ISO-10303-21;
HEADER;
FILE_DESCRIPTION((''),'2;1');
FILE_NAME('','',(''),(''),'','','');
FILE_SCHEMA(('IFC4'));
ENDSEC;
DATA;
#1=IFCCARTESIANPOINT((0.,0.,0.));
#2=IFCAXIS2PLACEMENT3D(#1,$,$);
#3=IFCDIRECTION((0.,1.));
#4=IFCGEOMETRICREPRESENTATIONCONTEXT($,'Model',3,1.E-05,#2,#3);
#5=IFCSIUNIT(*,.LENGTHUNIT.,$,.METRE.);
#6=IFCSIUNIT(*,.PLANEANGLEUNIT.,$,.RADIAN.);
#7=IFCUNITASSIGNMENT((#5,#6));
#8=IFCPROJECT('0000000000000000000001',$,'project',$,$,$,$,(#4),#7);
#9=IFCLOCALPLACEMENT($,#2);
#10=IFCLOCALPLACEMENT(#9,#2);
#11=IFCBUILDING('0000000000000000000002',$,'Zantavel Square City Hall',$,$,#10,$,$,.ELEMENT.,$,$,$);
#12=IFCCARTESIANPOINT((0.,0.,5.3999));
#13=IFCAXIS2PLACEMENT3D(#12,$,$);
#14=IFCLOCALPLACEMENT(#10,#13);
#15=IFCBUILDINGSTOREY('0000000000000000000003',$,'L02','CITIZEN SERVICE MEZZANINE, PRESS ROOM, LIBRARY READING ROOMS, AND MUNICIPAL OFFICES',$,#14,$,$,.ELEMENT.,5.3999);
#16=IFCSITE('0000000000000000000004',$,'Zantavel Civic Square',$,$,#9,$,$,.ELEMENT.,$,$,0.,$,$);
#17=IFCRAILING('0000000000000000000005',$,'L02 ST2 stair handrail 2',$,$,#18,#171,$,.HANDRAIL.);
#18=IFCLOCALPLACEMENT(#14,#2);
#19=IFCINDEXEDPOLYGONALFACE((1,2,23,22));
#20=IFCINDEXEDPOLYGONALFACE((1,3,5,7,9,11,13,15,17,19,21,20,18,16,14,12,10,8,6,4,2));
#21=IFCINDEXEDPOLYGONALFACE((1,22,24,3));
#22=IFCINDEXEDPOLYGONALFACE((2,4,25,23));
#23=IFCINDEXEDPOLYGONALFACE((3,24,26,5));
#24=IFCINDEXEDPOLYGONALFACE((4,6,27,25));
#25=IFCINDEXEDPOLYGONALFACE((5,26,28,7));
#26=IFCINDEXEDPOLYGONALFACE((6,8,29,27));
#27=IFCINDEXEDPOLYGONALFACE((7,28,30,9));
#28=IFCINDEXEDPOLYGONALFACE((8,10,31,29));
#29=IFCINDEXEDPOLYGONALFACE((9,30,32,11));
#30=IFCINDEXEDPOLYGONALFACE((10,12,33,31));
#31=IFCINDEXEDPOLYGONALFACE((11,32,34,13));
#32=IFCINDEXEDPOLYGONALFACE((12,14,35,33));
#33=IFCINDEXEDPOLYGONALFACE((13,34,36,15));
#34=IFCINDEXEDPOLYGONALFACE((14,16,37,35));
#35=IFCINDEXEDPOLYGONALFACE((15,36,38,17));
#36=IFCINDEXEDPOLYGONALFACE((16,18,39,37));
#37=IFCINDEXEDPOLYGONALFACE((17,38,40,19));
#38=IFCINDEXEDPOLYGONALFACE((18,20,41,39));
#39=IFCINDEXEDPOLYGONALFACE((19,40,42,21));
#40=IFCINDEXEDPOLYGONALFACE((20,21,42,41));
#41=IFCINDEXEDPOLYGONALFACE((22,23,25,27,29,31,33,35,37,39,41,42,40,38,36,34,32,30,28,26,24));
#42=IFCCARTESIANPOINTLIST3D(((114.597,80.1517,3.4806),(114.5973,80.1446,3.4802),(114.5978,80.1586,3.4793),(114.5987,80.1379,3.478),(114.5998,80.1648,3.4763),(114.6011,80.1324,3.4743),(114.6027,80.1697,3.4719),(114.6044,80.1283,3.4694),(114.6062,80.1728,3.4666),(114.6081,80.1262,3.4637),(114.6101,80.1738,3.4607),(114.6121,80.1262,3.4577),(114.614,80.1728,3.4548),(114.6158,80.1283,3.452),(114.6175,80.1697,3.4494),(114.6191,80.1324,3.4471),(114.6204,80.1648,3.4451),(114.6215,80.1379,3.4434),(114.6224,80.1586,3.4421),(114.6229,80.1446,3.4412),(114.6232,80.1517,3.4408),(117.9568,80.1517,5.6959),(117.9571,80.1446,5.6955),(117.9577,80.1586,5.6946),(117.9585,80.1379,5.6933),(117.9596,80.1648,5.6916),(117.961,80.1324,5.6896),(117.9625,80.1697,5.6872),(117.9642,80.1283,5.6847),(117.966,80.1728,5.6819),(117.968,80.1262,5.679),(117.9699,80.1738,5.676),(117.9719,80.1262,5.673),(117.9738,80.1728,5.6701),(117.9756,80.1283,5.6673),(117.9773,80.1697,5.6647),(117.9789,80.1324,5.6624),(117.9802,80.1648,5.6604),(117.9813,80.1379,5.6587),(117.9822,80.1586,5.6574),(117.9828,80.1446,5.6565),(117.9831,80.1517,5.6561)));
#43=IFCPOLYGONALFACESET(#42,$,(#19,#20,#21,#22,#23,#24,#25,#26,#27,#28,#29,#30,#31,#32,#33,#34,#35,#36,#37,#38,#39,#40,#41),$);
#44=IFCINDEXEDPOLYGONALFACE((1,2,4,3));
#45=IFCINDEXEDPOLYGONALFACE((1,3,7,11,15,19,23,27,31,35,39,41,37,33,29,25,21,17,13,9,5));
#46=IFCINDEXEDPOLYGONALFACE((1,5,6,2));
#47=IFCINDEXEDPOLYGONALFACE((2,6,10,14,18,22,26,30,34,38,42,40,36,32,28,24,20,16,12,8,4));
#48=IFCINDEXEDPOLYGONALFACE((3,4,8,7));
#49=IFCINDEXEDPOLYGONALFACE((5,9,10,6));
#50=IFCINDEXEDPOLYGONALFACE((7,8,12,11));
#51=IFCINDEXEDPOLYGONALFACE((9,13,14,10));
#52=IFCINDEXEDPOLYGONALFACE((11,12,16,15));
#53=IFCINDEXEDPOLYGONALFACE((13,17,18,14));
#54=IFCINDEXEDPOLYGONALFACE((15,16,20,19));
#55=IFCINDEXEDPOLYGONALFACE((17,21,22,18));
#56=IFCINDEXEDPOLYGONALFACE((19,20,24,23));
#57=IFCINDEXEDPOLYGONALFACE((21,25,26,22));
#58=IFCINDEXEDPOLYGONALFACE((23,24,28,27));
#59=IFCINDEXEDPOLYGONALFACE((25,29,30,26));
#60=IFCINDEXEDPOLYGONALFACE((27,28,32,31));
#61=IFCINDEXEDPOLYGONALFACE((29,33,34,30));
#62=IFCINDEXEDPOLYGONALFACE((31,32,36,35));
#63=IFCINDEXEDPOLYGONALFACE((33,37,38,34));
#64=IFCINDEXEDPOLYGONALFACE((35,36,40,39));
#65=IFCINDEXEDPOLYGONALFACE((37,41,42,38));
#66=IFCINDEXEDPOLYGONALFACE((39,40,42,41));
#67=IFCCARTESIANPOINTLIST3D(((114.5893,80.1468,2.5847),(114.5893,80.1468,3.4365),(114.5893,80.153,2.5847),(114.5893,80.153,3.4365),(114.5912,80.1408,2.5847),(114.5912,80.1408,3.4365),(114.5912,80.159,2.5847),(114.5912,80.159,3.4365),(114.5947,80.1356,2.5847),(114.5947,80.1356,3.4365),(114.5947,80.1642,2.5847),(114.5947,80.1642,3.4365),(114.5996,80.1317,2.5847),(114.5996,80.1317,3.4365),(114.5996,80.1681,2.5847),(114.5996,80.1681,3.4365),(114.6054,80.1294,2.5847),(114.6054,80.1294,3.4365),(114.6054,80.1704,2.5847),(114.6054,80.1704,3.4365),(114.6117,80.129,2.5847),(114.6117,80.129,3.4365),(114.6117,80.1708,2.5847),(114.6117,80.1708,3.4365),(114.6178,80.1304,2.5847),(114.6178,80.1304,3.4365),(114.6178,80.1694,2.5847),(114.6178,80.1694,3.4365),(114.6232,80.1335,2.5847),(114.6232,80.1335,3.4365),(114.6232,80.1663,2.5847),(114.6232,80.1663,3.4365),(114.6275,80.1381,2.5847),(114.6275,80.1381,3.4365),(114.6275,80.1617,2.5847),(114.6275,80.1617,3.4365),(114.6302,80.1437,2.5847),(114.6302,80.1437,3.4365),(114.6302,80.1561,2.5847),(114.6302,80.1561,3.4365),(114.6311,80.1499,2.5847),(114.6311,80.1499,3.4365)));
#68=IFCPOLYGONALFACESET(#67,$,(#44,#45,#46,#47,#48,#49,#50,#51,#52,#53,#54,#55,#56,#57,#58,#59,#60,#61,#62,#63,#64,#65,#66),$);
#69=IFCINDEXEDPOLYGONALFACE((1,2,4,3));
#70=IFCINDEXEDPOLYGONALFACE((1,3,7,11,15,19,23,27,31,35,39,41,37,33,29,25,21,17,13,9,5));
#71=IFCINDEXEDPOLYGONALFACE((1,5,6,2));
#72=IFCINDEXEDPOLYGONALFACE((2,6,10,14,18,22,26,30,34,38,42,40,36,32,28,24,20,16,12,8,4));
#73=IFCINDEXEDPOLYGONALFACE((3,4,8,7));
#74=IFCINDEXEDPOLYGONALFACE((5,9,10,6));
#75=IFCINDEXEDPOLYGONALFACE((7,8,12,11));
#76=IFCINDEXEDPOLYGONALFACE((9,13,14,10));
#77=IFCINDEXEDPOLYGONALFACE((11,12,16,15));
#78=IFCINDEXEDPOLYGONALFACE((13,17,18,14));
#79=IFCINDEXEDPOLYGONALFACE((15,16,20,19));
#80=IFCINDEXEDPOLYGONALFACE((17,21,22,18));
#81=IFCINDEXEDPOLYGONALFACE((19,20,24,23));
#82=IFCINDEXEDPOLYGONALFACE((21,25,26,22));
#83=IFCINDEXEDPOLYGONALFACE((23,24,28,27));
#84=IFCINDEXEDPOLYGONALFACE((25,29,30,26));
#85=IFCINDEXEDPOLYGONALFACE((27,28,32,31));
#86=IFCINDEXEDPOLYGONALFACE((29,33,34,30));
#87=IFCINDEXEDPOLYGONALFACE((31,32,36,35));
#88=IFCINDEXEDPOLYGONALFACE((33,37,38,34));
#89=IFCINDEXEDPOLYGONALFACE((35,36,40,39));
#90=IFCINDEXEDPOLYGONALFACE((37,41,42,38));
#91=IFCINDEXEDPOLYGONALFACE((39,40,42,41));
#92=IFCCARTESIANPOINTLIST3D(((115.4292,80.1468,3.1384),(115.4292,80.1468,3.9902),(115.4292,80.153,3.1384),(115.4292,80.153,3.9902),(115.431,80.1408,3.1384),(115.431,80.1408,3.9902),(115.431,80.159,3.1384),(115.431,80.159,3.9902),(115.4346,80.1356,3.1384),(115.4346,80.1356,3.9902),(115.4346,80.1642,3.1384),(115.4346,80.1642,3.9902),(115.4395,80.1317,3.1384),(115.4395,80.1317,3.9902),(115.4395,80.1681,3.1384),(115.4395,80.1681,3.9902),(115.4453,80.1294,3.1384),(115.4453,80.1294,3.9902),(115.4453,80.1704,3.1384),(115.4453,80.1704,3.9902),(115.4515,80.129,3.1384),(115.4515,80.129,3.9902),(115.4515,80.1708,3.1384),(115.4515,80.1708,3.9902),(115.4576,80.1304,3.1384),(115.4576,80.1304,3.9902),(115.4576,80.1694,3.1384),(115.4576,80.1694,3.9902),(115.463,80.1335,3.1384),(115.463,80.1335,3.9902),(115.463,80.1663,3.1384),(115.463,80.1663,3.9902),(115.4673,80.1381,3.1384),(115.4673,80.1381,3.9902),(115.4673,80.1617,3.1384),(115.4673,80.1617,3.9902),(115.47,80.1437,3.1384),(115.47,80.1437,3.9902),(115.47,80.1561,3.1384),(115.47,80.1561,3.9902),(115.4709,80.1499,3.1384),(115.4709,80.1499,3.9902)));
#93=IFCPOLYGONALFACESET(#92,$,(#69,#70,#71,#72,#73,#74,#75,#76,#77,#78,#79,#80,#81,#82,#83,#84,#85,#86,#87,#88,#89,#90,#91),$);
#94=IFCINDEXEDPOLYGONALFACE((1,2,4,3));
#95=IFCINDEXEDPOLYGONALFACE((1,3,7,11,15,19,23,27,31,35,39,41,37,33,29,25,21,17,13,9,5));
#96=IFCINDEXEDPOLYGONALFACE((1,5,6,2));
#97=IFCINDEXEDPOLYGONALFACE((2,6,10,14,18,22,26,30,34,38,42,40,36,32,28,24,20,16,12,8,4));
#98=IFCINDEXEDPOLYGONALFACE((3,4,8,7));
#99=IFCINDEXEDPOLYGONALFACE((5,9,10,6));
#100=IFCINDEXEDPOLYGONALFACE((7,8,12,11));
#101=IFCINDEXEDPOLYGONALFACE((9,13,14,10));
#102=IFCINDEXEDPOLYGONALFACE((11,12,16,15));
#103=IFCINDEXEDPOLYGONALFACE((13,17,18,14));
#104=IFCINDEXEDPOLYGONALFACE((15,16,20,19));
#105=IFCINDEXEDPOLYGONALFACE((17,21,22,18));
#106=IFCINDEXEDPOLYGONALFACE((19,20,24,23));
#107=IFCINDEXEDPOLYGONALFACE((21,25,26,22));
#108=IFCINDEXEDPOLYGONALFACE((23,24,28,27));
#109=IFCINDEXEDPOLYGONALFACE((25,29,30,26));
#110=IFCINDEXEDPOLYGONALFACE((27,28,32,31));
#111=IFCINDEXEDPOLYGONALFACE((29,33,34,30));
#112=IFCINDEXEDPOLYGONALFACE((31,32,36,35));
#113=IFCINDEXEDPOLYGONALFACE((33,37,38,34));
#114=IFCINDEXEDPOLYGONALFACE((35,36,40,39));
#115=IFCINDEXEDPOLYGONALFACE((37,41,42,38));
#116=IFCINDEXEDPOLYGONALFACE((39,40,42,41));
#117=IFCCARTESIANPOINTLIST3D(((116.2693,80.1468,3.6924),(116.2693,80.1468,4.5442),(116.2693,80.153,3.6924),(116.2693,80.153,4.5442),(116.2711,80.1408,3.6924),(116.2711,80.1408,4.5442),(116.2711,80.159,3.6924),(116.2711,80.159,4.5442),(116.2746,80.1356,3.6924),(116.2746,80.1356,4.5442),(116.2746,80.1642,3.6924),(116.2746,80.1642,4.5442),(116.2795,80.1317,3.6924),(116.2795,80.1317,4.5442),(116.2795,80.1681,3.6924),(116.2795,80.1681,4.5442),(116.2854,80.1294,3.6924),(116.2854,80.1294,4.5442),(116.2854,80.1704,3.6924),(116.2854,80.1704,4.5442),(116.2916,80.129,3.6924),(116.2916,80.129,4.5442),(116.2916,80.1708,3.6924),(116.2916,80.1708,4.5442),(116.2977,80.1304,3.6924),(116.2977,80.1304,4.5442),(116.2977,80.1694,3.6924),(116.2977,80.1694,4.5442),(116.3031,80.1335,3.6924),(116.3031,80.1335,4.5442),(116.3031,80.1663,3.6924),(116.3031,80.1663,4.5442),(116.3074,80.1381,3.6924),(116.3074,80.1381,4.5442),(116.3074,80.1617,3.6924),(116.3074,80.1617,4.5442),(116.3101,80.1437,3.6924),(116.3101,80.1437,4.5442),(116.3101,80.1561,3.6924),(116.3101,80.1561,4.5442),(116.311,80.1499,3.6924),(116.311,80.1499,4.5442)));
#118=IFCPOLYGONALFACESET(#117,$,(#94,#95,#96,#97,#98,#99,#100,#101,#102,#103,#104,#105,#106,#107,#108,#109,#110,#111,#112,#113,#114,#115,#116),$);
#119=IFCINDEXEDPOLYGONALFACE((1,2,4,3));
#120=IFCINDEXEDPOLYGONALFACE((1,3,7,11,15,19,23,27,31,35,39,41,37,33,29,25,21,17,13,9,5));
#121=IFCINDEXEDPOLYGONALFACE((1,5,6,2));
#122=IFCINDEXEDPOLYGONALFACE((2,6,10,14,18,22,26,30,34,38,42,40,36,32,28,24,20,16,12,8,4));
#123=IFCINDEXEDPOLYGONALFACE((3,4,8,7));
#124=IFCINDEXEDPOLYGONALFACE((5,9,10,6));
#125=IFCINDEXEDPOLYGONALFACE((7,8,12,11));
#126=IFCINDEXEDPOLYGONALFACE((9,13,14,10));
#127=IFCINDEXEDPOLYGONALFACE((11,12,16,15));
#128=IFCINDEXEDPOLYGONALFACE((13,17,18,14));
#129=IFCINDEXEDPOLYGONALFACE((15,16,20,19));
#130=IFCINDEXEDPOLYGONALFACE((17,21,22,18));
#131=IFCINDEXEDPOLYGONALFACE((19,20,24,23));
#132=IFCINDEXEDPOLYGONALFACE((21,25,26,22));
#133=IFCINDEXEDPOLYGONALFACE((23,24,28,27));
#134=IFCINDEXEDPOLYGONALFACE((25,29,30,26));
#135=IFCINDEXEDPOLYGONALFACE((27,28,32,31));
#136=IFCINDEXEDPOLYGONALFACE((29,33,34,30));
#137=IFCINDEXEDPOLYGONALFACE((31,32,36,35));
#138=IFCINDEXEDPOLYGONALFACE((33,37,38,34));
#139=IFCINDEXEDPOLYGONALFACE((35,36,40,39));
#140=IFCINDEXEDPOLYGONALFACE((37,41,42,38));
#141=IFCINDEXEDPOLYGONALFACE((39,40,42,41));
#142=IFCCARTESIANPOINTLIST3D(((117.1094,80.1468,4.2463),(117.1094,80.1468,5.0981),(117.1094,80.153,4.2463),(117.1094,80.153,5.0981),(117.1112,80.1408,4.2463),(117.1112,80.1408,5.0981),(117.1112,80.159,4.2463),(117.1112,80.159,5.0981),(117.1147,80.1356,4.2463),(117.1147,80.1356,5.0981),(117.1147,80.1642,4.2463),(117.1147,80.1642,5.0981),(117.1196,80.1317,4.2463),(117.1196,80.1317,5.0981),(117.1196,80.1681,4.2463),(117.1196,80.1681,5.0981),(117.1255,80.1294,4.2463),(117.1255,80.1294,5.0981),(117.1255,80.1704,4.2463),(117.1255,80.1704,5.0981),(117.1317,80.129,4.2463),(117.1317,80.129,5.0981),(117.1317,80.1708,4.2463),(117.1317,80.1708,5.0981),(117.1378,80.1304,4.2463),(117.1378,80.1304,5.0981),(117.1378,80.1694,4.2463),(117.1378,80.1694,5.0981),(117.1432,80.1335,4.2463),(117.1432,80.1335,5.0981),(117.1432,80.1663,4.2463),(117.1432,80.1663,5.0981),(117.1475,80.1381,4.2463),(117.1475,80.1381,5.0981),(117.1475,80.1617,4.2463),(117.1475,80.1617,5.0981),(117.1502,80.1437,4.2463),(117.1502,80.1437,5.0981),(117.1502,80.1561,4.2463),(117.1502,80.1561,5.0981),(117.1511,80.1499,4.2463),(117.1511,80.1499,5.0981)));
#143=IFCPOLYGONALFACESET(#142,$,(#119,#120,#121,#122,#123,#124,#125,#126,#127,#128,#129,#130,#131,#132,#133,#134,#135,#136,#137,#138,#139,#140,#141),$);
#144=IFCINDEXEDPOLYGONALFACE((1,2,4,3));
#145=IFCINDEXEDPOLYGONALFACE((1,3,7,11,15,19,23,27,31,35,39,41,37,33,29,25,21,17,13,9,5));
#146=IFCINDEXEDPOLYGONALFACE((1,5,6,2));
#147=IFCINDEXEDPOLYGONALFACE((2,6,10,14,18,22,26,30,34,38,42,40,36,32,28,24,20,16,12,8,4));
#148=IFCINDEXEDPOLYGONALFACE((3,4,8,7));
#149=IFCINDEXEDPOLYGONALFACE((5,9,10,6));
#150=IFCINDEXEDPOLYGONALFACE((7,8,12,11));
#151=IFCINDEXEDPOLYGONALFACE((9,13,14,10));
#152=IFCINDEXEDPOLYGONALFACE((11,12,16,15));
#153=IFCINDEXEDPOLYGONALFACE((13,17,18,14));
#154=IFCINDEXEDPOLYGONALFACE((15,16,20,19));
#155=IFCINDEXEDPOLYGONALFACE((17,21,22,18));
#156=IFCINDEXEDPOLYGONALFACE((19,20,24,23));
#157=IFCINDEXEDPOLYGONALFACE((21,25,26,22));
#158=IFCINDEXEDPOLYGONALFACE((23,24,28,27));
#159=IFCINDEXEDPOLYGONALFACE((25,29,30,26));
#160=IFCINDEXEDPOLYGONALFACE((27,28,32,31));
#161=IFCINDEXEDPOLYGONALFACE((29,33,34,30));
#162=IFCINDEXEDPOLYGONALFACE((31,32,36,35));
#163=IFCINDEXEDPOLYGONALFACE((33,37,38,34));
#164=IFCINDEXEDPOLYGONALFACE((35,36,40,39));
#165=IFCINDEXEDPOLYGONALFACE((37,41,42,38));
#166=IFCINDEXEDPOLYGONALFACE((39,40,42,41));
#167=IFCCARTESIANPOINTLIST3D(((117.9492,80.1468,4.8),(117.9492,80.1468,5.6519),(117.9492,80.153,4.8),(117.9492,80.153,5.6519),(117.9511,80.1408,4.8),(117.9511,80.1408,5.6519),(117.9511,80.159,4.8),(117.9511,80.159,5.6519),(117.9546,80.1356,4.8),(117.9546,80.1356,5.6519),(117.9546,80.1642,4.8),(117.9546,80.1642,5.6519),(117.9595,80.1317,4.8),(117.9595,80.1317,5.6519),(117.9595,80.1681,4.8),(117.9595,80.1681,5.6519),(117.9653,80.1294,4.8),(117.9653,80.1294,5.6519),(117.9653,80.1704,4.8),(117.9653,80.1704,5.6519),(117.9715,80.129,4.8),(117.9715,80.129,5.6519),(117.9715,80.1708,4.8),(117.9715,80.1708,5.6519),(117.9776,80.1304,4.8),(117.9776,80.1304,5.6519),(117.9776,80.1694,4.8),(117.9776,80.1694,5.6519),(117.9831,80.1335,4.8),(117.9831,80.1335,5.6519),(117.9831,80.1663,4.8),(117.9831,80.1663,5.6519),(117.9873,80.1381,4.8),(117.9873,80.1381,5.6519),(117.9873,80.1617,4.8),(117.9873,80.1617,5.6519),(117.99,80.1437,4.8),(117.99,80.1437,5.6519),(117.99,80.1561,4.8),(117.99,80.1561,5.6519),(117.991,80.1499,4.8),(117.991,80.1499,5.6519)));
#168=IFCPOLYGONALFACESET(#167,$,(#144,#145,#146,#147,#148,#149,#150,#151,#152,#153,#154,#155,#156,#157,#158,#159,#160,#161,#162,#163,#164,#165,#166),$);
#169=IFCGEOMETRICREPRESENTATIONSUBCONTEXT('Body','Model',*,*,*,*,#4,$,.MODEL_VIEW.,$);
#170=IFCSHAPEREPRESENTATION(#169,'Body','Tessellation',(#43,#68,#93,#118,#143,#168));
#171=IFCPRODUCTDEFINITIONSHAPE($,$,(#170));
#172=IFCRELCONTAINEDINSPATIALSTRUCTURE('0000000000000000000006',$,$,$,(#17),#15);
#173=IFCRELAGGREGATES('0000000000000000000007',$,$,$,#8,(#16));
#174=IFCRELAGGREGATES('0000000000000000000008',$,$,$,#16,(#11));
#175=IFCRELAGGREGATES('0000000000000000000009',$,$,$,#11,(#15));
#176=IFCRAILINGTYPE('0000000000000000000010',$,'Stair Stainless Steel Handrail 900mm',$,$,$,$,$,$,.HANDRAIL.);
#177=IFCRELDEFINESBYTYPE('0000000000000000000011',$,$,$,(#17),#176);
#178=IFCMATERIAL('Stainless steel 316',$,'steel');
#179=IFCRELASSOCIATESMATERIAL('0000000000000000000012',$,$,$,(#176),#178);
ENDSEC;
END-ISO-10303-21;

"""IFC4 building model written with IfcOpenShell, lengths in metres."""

from ifc_helpers import new_model, si_unit, direction, frame, origin, origin_2d, place, context, subcontext, project, spatial, circle, extrude, material, type_object, element, save


model = new_model("IFC4")

# Units and contexts
model_context = context("Model", 3, precision=1e-05, world=origin(), true_north=direction((0.0, 1.0)))
body_context = subcontext(model_context, "Body", "Model", "MODEL_VIEW")
ifc_project = project(units=[si_unit("LENGTHUNIT", "METRE"), si_unit("PLANEANGLEUNIT", "RADIAN")], contexts=[model_context])

# Site, building, storey
site_placement = place(None, origin())
site = spatial("IfcSite", under=ifc_project, at=site_placement, Name="Zantavel Civic Square", CompositionType="ELEMENT", RefElevation=0.0)
building_placement = place(site_placement, origin())
building = spatial("IfcBuilding", under=site, at=building_placement, Name="Zantavel Square City Hall", CompositionType="ELEMENT")
storey_placement = place(building_placement, frame((0.0, 0.0, 5.3999)))
storey = spatial("IfcBuildingStorey", under=building, at=storey_placement, Name="L02", Description="CITIZEN SERVICE MEZZANINE, PRESS ROOM, LIBRARY READING ROOMS, AND MUNICIPAL OFFICES", CompositionType="ELEMENT", Elevation=5.3999)

# Railing
ifc_material_1 = material(Name="Stainless steel 316", Category="steel")
railing_type_1 = type_object("IfcRailingType", Name="Stair Stainless Steel Handrail 900mm", PredefinedType="HANDRAIL", material=ifc_material_1)
railing_1_placement = place(storey_placement, frame((114.6101, 80.1499, 2.5847)))
element("IfcRailing", 1, at=railing_1_placement, inside=storey, type_object=railing_type_1, Name="L02 ST2 stair handrail 2", PredefinedType="HANDRAIL", context=body_context, shape_type="SweptSolid", body=[
    extrude(circle(Radius=0.0239, at=origin_2d()), frame((0.0, 0.0, 0.876), z_axis=(0.834858, 0.0, 0.550465), x_axis=(0.0, 1.0, 0.0)), (0.0, 0.0, 1.0), 4.0244),
    extrude(circle(Radius=0.021, at=origin_2d()), origin(), (0.0, 0.0, 1.0), 0.8518),
    extrude(circle(Radius=0.021, at=origin_2d()), frame((0.8398, 0.0, 0.5537)), (0.0, 0.0, 1.0), 0.8518),
    extrude(circle(Radius=0.021, at=origin_2d()), frame((1.6799, 0.0, 1.1077)), (0.0, 0.0, 1.0), 0.8518),
    extrude(circle(Radius=0.021, at=origin_2d()), frame((2.52, 0.0, 1.6616)), (0.0, 0.0, 1.0), 0.8518),
    extrude(circle(Radius=0.021, at=origin_2d()), frame((3.3599, 0.0, 2.2153)), (0.0, 0.0, 1.0), 0.8518),
])

save(model, "model.ifc")
